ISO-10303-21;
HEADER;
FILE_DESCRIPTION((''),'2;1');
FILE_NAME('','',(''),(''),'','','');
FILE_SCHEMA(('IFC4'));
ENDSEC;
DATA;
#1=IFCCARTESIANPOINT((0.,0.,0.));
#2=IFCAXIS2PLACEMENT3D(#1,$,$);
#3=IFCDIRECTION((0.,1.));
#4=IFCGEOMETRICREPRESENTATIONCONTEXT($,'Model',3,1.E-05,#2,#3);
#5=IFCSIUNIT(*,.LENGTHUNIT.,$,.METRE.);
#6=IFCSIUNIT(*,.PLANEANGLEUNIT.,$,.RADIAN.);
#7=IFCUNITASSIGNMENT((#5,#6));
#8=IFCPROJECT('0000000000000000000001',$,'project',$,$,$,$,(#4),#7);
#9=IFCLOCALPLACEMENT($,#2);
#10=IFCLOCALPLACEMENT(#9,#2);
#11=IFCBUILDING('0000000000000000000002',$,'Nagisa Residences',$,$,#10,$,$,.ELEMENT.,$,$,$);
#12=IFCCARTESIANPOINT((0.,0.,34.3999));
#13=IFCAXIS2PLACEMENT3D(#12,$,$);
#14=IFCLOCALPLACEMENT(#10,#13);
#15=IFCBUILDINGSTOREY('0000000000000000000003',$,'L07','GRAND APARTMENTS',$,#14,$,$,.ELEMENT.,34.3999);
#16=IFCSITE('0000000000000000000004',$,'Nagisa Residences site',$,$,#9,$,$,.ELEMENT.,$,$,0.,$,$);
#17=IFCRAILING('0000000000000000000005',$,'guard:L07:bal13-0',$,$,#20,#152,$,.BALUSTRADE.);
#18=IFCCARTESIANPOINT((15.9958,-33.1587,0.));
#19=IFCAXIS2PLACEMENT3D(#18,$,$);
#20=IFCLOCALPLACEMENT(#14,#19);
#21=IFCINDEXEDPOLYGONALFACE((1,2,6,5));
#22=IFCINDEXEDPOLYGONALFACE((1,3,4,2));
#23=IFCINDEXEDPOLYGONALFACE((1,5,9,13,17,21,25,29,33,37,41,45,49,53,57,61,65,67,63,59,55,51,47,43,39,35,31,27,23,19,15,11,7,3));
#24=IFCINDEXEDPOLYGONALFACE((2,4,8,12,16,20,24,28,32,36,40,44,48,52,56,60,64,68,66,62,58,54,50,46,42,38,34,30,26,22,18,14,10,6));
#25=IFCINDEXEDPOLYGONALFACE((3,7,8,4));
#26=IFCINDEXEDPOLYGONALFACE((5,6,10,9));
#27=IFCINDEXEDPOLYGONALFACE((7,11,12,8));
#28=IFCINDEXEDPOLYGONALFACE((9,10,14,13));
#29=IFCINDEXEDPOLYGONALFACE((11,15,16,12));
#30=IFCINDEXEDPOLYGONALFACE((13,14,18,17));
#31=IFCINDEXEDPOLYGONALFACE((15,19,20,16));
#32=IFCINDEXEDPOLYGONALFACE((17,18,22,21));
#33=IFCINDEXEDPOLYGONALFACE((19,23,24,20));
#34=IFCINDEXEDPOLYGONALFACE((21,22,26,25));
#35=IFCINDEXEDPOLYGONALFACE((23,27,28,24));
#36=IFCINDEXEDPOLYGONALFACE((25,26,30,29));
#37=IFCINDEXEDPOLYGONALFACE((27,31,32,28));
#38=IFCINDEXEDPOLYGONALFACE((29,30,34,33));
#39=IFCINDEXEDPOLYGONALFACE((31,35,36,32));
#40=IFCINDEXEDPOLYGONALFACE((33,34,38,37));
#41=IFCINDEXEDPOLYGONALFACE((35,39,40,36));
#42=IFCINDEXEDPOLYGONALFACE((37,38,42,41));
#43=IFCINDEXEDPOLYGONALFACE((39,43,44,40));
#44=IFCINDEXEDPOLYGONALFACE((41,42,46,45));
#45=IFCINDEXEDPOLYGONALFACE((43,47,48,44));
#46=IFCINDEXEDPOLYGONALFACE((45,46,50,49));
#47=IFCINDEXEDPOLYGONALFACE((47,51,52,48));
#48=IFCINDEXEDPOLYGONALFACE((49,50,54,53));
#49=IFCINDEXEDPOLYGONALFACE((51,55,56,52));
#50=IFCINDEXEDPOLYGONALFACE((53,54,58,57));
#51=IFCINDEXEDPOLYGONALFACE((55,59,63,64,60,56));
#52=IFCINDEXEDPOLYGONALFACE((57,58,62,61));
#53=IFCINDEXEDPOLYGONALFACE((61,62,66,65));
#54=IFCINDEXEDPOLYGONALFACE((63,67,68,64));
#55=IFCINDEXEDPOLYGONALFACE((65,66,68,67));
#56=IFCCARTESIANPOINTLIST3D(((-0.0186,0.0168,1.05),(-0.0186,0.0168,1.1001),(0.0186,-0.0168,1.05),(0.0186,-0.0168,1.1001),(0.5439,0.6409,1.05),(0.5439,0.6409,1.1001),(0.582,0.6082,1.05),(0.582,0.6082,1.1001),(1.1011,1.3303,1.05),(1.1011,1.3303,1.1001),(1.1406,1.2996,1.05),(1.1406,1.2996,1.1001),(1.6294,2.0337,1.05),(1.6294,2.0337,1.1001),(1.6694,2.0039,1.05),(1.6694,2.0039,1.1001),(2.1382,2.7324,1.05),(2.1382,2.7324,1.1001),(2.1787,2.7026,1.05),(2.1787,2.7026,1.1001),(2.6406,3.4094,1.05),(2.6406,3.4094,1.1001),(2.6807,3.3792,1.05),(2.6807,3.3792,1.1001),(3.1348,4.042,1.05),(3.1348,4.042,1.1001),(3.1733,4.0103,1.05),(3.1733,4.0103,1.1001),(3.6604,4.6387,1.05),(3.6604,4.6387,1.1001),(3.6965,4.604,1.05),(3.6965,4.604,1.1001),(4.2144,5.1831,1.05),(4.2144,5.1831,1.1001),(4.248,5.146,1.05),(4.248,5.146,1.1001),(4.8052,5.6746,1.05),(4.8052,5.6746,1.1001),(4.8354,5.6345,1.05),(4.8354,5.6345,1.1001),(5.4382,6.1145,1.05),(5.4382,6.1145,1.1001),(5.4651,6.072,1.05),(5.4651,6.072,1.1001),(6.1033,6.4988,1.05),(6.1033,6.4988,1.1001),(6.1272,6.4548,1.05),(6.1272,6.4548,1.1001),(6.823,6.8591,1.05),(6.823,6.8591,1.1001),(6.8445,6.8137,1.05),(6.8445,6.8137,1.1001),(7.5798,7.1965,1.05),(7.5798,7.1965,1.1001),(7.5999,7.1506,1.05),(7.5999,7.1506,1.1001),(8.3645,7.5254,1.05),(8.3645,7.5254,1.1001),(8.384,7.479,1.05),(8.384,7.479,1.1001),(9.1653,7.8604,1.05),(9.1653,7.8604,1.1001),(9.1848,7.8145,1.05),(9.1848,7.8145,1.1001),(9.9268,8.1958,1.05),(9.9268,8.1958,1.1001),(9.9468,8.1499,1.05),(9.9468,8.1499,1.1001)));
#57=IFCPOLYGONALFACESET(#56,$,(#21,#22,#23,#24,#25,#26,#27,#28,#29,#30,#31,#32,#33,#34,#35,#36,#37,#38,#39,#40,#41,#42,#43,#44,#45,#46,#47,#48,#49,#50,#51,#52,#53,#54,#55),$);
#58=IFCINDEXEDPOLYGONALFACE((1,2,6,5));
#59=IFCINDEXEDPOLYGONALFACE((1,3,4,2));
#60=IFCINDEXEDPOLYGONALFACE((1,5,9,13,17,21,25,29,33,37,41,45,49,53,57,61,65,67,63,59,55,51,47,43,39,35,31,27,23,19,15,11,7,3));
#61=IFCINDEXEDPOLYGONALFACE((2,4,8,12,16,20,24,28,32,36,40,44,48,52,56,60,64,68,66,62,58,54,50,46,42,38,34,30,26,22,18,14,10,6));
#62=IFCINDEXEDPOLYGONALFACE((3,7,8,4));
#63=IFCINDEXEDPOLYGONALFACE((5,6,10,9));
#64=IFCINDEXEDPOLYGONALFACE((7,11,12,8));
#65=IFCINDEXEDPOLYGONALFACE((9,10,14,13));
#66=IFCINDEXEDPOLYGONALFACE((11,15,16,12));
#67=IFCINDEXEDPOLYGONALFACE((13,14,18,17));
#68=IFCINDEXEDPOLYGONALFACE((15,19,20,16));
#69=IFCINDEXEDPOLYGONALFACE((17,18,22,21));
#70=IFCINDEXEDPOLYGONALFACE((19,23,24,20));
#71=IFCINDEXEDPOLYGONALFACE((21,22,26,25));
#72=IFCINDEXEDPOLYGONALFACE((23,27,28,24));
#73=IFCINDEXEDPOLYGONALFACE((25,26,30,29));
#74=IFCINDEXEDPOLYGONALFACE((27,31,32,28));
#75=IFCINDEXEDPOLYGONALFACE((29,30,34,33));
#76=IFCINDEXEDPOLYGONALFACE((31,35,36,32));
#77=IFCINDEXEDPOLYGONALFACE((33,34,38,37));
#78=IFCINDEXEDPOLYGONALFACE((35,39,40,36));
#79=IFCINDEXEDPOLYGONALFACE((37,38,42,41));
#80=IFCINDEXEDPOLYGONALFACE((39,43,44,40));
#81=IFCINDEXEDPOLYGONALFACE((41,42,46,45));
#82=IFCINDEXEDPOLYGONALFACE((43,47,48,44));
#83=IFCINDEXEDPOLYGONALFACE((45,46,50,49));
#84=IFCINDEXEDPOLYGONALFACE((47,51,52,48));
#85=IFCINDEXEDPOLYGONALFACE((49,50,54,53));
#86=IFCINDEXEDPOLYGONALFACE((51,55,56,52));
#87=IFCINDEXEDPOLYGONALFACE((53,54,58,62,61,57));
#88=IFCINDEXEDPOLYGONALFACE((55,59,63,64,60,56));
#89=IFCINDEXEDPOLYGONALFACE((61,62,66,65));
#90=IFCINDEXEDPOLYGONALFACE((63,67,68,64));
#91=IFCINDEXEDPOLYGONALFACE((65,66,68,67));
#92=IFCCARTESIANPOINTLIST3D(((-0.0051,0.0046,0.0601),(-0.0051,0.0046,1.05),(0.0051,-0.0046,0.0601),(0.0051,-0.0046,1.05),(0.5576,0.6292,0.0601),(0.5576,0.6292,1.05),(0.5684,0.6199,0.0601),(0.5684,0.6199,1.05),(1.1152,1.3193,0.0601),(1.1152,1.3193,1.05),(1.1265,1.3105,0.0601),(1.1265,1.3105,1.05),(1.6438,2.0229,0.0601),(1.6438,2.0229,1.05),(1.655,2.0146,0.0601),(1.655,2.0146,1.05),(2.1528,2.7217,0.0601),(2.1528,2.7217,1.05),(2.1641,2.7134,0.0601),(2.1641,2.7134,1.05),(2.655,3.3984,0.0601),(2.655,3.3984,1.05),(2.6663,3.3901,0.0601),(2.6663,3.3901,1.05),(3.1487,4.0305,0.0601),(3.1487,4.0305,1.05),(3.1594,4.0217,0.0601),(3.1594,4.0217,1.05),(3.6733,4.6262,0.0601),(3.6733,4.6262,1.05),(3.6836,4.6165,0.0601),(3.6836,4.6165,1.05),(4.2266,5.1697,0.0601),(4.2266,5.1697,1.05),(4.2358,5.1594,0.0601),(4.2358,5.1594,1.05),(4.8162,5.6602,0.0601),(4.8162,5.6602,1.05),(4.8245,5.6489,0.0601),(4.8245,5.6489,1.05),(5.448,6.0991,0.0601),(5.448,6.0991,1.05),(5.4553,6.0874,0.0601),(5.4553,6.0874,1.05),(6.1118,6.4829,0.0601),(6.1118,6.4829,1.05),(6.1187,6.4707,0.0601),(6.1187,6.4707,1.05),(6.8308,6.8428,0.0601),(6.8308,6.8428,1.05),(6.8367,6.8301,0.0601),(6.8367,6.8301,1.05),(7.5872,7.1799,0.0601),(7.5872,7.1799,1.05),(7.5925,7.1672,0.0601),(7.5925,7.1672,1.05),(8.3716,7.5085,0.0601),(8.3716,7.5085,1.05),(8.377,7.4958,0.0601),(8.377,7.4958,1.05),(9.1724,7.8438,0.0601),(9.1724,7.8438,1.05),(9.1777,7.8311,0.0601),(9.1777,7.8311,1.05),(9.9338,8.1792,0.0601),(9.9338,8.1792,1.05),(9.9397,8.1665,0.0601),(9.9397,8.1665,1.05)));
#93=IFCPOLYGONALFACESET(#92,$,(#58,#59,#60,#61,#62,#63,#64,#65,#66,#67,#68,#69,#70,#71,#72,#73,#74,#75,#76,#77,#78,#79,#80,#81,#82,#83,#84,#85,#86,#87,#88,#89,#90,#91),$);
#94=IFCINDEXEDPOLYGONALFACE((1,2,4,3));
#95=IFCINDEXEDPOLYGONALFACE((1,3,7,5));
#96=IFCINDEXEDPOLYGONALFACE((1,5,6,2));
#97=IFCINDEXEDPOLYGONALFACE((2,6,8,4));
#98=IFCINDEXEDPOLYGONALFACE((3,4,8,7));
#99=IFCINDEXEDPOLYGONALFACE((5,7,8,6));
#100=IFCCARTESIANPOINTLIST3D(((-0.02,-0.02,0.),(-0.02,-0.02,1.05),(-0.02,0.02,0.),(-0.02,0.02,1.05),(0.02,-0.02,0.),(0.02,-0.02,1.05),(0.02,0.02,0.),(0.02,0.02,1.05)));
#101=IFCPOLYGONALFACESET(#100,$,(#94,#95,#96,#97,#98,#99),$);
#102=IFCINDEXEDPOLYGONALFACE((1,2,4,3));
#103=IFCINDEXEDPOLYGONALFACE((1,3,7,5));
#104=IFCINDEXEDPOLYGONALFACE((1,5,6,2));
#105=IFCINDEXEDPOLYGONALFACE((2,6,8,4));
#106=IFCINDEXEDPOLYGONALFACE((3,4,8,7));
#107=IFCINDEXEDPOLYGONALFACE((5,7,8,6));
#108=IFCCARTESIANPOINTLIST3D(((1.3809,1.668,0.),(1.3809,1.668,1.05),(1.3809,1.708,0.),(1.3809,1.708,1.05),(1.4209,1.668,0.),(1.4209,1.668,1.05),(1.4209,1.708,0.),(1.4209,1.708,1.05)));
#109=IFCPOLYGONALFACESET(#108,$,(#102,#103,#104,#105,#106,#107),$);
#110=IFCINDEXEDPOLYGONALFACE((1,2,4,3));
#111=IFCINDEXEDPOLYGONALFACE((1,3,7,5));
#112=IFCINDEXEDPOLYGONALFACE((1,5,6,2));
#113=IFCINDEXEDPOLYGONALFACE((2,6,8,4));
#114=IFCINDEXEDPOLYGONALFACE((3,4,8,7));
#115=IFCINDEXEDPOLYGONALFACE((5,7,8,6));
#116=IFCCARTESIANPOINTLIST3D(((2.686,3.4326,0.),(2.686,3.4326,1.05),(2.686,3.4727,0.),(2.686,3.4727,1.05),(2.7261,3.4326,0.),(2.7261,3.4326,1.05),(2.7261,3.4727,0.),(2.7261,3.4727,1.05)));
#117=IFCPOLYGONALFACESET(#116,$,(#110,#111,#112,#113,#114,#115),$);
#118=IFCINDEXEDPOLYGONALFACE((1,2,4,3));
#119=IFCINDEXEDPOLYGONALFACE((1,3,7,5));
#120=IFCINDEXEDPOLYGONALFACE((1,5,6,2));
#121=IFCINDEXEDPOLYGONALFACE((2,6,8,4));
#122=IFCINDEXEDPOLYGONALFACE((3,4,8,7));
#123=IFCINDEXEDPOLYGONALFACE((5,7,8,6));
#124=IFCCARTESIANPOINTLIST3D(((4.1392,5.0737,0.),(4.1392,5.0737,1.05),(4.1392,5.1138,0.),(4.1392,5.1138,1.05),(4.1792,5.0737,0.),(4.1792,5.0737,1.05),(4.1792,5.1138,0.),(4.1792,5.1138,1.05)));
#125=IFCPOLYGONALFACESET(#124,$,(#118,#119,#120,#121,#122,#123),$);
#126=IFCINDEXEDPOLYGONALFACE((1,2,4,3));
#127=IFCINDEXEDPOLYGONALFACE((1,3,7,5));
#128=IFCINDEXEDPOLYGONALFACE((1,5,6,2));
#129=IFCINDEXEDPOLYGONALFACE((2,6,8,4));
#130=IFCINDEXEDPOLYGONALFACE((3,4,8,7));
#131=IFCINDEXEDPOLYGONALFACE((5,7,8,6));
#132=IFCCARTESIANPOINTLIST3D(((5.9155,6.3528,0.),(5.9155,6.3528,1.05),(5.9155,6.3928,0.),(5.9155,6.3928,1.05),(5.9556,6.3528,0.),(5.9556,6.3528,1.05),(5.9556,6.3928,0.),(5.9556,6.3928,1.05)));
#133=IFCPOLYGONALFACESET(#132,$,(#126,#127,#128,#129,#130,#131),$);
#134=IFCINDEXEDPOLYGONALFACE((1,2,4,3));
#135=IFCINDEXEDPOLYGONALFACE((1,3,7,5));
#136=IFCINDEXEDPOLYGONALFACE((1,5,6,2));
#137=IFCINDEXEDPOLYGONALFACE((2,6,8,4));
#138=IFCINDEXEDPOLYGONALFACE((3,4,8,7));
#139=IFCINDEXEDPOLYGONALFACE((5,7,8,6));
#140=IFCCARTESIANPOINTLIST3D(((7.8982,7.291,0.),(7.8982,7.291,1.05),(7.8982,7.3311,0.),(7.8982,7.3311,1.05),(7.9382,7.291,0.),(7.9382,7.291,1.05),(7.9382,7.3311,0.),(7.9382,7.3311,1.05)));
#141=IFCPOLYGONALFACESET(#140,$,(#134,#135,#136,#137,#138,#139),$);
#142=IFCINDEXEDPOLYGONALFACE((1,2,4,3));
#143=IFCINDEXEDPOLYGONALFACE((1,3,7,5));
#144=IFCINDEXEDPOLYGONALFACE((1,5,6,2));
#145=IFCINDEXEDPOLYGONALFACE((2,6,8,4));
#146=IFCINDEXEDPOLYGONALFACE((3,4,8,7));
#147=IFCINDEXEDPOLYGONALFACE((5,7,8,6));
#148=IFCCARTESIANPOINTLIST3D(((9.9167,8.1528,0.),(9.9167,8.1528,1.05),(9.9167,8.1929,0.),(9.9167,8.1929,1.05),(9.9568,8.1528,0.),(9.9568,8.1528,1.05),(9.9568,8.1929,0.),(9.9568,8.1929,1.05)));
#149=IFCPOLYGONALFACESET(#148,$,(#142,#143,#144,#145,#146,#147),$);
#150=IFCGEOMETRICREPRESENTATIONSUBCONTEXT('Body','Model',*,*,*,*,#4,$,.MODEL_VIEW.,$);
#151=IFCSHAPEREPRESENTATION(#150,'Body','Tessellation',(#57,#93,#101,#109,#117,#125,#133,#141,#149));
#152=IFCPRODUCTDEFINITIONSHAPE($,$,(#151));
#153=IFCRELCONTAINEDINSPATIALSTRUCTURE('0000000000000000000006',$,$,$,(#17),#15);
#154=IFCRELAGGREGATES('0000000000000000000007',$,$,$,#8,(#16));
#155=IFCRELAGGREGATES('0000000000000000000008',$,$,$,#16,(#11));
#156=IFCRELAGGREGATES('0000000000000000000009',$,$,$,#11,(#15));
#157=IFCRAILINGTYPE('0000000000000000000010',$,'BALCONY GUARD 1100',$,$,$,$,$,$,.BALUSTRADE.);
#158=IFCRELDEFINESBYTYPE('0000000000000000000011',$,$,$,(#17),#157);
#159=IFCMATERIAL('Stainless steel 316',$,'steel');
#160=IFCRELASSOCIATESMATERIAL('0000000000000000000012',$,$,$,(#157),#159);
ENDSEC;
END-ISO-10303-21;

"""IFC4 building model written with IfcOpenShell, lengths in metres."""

from ifc_helpers import new_model, si_unit, direction, frame, origin, origin_2d, place, context, subcontext, project, spatial, polyline, rectangle, outline, extrude, material, type_object, element, save


model = new_model("IFC4")

# Units and contexts
model_context = context("Model", 3, precision=1e-05, world=origin(), true_north=direction((0.0, 1.0)))
body_context = subcontext(model_context, "Body", "Model", "MODEL_VIEW")
ifc_project = project(units=[si_unit("LENGTHUNIT", "METRE"), si_unit("PLANEANGLEUNIT", "RADIAN")], contexts=[model_context])

# Site, building, storey
site_placement = place(None, origin())
site = spatial("IfcSite", under=ifc_project, at=site_placement, Name="Nagisa Residences site", CompositionType="ELEMENT", RefElevation=0.0)
building_placement = place(site_placement, origin())
building = spatial("IfcBuilding", under=site, at=building_placement, Name="Nagisa Residences", CompositionType="ELEMENT")
storey_placement = place(building_placement, frame((0.0, 0.0, 34.3999)))
storey = spatial("IfcBuildingStorey", under=building, at=storey_placement, Name="L07", Description="GRAND APARTMENTS", CompositionType="ELEMENT", Elevation=34.3999)

# Railing
ifc_material_1 = material(Name="Stainless steel 316", Category="steel")
railing_type = type_object("IfcRailingType", Name="BALCONY GUARD 1100", PredefinedType="BALUSTRADE", material=ifc_material_1)
railing_1_placement = place(storey_placement, frame((15.9958, -33.1587, 0.0)))
element("IfcRailing", 1, at=railing_1_placement, inside=storey, type_object=railing_type, Name="guard:L07:bal13-0", PredefinedType="BALUSTRADE", context=body_context, shape_type="SweptSolid", body=[
    extrude(outline(polyline([(0.5439, 0.6409), (-0.0186, 0.0168), (0.0186, -0.0168), (0.582, 0.6082), (1.1406, 1.2996), (1.6694, 2.0039), (2.1787, 2.7026), (2.6807, 3.3792), (3.1733, 4.0103), (3.6965, 4.604), (4.248, 5.146), (4.8354, 5.6345), (5.4651, 6.072), (6.1272, 6.4548), (6.8445, 6.8137), (7.5999, 7.1506), (8.384, 7.479), (9.1848, 7.8145), (9.9468, 8.1499), (9.9268, 8.1958), (9.1653, 7.8604), (8.3645, 7.5254), (7.5798, 7.1965), (6.823, 6.8591), (6.1033, 6.4988), (5.4382, 6.1145), (4.8052, 5.6746), (4.2144, 5.1831), (3.6604, 4.6387), (3.1348, 4.042), (2.6406, 3.4094), (2.1382, 2.7324), (1.6294, 2.0337), (1.1011, 1.3303), (0.5439, 0.6409)])), frame((0.0, 0.0, 1.05)), (0.0, 0.0, 1.0), 0.05),
    extrude(outline(polyline([(0.5576, 0.6292), (-0.0051, 0.0046), (0.0051, -0.0046), (0.5684, 0.6199), (1.1265, 1.3105), (1.655, 2.0146), (2.1641, 2.7134), (2.6663, 3.3901), (3.1594, 4.0217), (3.6836, 4.6165), (4.2358, 5.1594), (4.8245, 5.6489), (5.4553, 6.0874), (6.1187, 6.4707), (6.8367, 6.8301), (7.5925, 7.1672), (8.377, 7.4958), (9.1777, 7.8311), (9.9397, 8.1665), (9.9338, 8.1792), (9.1724, 7.8438), (8.3716, 7.5085), (7.5872, 7.1799), (6.8308, 6.8428), (6.1118, 6.4829), (5.448, 6.0991), (4.8162, 5.6602), (4.2266, 5.1697), (3.6733, 4.6262), (3.1487, 4.0305), (2.655, 3.3984), (2.1528, 2.7217), (1.6438, 2.0229), (1.1152, 1.3193), (0.5576, 0.6292)])), frame((0.0, 0.0, 0.0601)), (0.0, 0.0, 1.0), 0.99),
    extrude(rectangle(XDim=0.04, YDim=0.04, at=origin_2d()), origin(), (0.0, 0.0, 1.0), 1.05),
    extrude(rectangle(XDim=0.04, YDim=0.04, at=origin_2d()), frame((1.4009, 1.688, 0.0)), (0.0, 0.0, 1.0), 1.05),
    extrude(rectangle(XDim=0.04, YDim=0.04, at=origin_2d()), frame((2.7061, 3.4526, 0.0)), (0.0, 0.0, 1.0), 1.05),
    extrude(rectangle(XDim=0.04, YDim=0.04, at=origin_2d()), frame((4.1592, 5.0938, 0.0)), (0.0, 0.0, 1.0), 1.05),
    extrude(rectangle(XDim=0.04, YDim=0.04, at=origin_2d()), frame((5.9355, 6.3728, 0.0)), (0.0, 0.0, 1.0), 1.05),
    extrude(rectangle(XDim=0.04, YDim=0.04, at=origin_2d()), frame((7.9182, 7.311, 0.0)), (0.0, 0.0, 1.0), 1.05),
    extrude(rectangle(XDim=0.04, YDim=0.04, at=origin_2d()), frame((9.9368, 8.1729, 0.0)), (0.0, 0.0, 1.0), 1.05),
])

save(model, "model.ifc")
